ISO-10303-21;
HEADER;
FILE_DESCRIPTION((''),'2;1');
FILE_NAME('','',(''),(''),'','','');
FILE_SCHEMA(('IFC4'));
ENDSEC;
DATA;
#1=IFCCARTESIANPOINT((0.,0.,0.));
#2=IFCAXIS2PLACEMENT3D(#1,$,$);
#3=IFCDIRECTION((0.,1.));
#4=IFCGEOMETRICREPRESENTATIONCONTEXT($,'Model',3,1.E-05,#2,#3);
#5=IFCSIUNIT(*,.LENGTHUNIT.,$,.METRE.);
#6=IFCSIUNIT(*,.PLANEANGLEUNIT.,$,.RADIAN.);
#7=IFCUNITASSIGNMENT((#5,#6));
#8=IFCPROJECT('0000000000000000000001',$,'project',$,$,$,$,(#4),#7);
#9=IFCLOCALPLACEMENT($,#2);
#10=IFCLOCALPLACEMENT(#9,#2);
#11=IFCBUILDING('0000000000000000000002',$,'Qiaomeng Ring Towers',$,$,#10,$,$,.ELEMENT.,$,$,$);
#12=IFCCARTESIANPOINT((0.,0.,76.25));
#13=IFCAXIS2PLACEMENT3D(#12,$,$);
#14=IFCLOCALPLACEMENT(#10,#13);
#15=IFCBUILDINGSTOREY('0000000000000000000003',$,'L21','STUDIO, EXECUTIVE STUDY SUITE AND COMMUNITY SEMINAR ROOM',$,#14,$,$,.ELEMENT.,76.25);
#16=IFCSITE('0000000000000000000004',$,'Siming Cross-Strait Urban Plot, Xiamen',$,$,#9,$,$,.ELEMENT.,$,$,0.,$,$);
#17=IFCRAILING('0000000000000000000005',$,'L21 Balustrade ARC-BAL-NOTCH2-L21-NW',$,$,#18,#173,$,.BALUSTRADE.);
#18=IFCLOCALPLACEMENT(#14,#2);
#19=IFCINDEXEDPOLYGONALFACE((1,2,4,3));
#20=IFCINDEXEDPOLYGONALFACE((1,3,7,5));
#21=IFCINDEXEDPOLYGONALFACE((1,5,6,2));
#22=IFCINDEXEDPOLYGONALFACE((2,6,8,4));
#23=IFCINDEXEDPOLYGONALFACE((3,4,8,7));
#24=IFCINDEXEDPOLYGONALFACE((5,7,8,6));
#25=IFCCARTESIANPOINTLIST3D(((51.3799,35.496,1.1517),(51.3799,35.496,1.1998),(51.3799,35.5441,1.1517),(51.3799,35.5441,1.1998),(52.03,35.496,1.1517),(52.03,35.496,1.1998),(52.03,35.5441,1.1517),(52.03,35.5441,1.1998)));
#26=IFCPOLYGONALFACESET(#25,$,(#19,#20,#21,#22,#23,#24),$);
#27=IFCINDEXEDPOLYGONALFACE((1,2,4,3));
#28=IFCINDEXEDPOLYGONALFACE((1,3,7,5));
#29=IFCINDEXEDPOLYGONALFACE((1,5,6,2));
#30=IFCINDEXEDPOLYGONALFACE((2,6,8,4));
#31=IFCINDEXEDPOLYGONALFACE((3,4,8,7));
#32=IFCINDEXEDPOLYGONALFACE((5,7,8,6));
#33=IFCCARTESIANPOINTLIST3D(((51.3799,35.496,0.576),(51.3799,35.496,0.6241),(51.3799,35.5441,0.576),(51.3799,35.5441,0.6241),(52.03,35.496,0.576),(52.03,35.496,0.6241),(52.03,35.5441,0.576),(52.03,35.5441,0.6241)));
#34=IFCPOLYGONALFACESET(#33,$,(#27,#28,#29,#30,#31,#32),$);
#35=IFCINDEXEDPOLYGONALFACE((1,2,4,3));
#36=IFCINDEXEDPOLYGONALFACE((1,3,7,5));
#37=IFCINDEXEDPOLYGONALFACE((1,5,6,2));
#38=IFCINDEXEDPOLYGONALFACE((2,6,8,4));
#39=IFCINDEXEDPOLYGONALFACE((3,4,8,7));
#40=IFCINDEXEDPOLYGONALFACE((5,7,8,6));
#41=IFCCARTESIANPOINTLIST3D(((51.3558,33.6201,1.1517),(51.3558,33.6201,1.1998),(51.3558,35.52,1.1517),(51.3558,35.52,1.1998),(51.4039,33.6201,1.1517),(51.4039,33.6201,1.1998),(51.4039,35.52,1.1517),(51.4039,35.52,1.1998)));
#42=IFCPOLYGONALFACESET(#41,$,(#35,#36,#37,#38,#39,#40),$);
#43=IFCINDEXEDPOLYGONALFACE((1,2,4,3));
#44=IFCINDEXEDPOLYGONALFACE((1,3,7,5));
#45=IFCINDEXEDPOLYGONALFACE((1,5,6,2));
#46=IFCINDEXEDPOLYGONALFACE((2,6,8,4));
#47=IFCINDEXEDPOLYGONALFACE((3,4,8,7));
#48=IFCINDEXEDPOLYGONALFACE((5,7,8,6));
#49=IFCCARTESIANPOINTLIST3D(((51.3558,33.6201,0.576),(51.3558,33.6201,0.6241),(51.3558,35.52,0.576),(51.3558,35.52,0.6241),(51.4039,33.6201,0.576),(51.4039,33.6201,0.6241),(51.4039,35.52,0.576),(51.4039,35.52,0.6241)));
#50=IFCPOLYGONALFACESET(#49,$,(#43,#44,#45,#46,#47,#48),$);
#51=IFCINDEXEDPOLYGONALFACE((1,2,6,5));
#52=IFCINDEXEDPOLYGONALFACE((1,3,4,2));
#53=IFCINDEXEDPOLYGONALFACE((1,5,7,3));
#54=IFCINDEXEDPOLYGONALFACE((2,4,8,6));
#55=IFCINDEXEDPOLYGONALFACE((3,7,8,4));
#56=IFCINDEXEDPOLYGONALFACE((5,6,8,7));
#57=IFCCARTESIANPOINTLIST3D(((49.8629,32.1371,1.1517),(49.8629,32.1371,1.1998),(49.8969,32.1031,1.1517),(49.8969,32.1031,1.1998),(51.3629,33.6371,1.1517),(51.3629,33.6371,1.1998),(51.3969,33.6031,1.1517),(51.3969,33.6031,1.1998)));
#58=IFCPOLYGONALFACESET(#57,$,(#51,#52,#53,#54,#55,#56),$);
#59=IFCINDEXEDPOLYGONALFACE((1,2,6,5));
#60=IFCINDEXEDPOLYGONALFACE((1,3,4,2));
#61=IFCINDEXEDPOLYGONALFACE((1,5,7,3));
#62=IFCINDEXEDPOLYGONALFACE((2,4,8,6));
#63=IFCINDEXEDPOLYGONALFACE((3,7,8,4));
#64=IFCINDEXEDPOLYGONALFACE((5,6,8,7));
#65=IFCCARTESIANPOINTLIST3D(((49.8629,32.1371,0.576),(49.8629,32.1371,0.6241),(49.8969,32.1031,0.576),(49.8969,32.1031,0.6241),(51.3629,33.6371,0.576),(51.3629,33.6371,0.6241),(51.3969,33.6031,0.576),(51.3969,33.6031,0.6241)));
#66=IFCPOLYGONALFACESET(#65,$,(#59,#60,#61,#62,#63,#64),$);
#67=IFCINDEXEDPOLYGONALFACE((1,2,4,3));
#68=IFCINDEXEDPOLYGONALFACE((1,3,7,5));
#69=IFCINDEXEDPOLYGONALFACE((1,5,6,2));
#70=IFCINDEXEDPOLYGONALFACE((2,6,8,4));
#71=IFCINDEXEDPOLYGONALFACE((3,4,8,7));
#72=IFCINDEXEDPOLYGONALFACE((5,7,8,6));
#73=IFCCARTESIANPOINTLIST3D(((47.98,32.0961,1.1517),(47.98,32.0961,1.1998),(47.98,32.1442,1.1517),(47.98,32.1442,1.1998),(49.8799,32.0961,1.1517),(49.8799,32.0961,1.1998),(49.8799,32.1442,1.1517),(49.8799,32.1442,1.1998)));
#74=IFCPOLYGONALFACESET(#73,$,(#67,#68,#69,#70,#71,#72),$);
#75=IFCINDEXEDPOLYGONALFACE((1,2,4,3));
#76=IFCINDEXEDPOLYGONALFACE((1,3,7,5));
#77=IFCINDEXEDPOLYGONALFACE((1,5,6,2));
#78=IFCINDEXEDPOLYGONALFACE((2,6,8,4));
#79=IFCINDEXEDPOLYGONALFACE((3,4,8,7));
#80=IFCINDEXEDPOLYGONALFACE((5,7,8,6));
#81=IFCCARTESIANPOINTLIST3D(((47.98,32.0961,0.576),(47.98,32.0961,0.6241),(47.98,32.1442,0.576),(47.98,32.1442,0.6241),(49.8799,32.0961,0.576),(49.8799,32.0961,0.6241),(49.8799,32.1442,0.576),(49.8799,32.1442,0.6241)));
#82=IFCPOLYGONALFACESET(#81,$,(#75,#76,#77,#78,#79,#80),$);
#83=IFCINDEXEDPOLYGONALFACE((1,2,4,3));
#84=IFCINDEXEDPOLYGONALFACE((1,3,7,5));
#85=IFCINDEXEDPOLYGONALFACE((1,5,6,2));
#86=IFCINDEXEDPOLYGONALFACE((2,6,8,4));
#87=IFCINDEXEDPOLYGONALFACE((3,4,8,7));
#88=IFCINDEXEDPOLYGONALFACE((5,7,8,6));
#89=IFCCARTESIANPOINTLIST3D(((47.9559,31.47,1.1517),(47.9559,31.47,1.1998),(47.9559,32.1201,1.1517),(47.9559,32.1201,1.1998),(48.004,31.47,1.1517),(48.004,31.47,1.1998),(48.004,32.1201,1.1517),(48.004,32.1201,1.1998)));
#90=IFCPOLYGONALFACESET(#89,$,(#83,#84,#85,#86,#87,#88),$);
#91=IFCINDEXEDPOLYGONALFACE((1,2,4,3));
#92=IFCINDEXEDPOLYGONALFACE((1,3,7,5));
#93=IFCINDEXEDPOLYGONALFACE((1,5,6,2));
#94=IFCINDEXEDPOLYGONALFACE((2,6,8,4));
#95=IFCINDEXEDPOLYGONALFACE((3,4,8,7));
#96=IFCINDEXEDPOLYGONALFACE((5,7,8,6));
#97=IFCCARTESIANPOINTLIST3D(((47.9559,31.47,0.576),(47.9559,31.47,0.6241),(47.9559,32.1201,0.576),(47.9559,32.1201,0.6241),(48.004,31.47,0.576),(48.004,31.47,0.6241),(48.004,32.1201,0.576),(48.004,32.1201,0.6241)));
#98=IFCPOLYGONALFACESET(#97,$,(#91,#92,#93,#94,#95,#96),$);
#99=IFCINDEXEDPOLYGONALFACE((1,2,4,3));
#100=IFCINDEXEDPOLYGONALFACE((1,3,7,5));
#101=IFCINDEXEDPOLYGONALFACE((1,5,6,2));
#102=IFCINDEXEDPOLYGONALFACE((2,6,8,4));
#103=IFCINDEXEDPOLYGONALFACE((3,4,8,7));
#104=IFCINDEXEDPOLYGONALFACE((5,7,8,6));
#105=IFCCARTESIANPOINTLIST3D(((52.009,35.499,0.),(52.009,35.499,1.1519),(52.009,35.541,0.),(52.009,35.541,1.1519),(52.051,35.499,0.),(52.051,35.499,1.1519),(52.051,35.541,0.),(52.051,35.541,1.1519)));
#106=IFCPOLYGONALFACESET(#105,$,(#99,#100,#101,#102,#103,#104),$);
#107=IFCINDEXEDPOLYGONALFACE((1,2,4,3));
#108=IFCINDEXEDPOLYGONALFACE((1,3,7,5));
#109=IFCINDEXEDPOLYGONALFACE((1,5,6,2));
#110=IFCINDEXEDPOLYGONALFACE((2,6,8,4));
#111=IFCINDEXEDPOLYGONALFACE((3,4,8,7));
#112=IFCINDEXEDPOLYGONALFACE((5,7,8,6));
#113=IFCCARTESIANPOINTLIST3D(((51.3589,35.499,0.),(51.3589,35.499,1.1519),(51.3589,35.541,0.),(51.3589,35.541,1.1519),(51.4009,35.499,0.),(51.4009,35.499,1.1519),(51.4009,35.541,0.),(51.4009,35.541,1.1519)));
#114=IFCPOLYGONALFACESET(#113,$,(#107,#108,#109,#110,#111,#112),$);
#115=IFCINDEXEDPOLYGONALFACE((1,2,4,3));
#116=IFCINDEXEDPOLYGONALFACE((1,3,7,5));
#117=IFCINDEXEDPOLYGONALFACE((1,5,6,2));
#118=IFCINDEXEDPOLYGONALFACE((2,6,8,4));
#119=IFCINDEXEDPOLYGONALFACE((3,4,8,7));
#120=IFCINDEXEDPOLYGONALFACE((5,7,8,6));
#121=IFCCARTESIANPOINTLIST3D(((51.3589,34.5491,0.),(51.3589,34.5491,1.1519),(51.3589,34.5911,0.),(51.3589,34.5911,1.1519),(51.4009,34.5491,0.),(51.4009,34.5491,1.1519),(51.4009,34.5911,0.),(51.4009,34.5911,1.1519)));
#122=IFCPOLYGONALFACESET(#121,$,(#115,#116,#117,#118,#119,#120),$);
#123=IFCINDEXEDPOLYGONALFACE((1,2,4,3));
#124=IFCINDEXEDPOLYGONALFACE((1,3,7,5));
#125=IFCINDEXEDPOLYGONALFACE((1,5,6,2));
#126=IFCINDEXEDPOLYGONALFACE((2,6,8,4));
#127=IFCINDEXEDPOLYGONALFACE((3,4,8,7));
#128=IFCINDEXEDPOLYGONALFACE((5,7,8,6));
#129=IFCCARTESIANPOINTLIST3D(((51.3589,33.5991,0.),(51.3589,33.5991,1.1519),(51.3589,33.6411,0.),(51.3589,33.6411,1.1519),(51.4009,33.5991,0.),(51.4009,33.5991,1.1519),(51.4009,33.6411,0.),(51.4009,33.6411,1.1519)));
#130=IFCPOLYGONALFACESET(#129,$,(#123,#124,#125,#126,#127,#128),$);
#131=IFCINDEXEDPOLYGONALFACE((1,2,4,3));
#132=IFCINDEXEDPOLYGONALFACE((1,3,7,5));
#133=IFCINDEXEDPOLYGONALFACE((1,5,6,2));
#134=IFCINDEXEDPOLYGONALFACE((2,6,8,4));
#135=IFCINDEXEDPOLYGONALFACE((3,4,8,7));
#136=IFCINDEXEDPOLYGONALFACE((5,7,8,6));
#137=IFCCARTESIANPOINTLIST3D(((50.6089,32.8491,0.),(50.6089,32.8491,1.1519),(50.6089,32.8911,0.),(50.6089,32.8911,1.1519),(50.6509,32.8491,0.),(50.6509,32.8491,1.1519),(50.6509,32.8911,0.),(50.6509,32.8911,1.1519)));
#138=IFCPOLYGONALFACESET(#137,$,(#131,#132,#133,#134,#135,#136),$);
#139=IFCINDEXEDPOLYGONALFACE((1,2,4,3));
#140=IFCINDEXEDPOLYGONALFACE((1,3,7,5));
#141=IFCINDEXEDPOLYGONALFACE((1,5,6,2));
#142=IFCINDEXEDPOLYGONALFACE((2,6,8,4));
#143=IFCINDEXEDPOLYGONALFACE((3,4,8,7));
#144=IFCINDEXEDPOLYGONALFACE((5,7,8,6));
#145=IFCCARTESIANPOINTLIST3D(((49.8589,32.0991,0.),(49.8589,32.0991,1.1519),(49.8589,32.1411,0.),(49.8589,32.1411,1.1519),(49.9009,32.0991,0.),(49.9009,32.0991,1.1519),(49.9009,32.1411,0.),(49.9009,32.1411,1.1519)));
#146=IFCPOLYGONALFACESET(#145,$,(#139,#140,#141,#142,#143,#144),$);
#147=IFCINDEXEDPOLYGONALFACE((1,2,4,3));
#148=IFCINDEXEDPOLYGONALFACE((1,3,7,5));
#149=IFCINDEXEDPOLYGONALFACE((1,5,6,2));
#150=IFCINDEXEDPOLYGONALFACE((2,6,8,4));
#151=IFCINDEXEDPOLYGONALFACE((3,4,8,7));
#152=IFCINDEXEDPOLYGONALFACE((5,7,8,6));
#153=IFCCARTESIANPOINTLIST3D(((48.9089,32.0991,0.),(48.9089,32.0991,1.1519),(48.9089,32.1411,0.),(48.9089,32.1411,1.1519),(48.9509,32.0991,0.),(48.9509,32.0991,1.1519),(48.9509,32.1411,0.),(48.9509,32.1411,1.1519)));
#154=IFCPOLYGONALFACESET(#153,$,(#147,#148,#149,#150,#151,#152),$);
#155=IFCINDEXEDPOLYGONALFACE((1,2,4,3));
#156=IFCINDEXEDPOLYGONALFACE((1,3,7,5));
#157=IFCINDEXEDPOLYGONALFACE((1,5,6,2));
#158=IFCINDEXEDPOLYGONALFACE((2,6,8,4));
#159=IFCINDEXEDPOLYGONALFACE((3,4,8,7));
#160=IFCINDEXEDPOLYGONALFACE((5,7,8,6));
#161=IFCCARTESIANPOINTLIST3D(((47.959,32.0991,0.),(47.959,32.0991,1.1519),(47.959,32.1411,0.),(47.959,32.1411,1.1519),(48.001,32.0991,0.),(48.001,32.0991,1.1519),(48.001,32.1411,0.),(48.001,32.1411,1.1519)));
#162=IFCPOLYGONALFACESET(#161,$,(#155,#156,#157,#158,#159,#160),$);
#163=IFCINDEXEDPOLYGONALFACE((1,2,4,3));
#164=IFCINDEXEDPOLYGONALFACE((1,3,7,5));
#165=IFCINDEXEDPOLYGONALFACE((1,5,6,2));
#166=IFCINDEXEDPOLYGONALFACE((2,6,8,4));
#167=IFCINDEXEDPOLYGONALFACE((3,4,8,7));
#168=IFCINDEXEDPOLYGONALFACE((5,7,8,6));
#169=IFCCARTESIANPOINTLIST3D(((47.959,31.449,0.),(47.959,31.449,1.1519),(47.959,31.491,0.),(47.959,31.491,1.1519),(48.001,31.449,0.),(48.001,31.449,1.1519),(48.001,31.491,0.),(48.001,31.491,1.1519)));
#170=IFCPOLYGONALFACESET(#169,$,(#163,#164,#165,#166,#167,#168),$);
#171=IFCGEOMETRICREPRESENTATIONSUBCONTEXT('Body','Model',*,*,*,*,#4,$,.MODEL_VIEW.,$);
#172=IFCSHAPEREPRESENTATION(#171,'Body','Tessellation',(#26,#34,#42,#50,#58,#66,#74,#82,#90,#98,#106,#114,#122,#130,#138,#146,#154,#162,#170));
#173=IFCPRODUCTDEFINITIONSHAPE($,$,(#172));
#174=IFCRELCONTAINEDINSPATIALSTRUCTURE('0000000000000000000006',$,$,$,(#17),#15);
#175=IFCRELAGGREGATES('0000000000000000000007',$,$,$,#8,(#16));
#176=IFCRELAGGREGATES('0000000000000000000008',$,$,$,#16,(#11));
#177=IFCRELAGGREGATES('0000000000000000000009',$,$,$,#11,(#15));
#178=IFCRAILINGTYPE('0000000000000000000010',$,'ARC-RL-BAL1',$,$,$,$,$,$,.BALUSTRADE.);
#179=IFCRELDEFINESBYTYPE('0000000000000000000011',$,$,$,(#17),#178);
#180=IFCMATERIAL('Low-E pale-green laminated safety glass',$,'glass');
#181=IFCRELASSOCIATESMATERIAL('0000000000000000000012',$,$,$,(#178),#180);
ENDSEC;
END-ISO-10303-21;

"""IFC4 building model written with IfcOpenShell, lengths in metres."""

from ifc_helpers import new_model, si_unit, direction, frame, origin, origin_2d, place, context, subcontext, project, spatial, rectangle, extrude, material, type_object, element, save


model = new_model("IFC4")

# Units and contexts
model_context = context("Model", 3, precision=1e-05, world=origin(), true_north=direction((0.0, 1.0)))
body_context = subcontext(model_context, "Body", "Model", "MODEL_VIEW")
ifc_project = project(units=[si_unit("LENGTHUNIT", "METRE"), si_unit("PLANEANGLEUNIT", "RADIAN")], contexts=[model_context])

# Site, building, storey
site_placement = place(None, origin())
site = spatial("IfcSite", under=ifc_project, at=site_placement, Name="Siming Cross-Strait Urban Plot, Xiamen", CompositionType="ELEMENT", RefElevation=0.0)
building_placement = place(site_placement, origin())
building = spatial("IfcBuilding", under=site, at=building_placement, Name="Qiaomeng Ring Towers", CompositionType="ELEMENT")
storey_placement = place(building_placement, frame((0.0, 0.0, 76.25)))
storey = spatial("IfcBuildingStorey", under=building, at=storey_placement, Name="L21", Description="STUDIO, EXECUTIVE STUDY SUITE AND COMMUNITY SEMINAR ROOM", CompositionType="ELEMENT", Elevation=76.25)

# Railing
ifc_material_1 = material(Name="Low-E pale-green laminated safety glass", Category="glass")
railing_type = type_object("IfcRailingType", Name="ARC-RL-BAL1", PredefinedType="BALUSTRADE", material=ifc_material_1)
railing_1_placement = place(storey_placement, frame((52.03, 35.52, 0.0)))
element("IfcRailing", 1, at=railing_1_placement, inside=storey, type_object=railing_type, Name="L21 Balustrade ARC-BAL-NOTCH2-L21-NW", PredefinedType="BALUSTRADE", context=body_context, shape_type="SweptSolid", body=[
    extrude(rectangle(XDim=0.0481, YDim=0.0481, at=origin_2d()), frame((0.0, 0.0, 1.1758), z_axis=(-1.0, 0.0, 0.0), x_axis=(0.0, -1.0, 0.0)), (0.0, 0.0, 1.0), 0.6501),
    extrude(rectangle(XDim=0.0481, YDim=0.0481, at=origin_2d()), frame((0.0, 0.0, 0.6001), z_axis=(-1.0, 0.0, 0.0), x_axis=(0.0, -1.0, 0.0)), (0.0, 0.0, 1.0), 0.6501),
    extrude(rectangle(XDim=0.0481, YDim=0.0481, at=origin_2d()), frame((-0.6501, 0.0, 1.1758), z_axis=(0.0, -1.0, 0.0), x_axis=(1.0, 0.0, 0.0)), (0.0, 0.0, 1.0), 1.8999),
    extrude(rectangle(XDim=0.0481, YDim=0.0481, at=origin_2d()), frame((-0.6501, 0.0, 0.6001), z_axis=(0.0, -1.0, 0.0), x_axis=(1.0, 0.0, 0.0)), (0.0, 0.0, 1.0), 1.8999),
    extrude(rectangle(XDim=0.0481, YDim=0.0481, at=origin_2d()), frame((-0.6501, -1.8999, 1.1758), z_axis=(-0.707107, -0.707107, 0.0), x_axis=(0.707107, -0.707107, 0.0)), (0.0, 0.0, 1.0), 2.1213),
    extrude(rectangle(XDim=0.0481, YDim=0.0481, at=origin_2d()), frame((-0.6501, -1.8999, 0.6001), z_axis=(-0.707107, -0.707107, 0.0), x_axis=(0.707107, -0.707107, 0.0)), (0.0, 0.0, 1.0), 2.1213),
    extrude(rectangle(XDim=0.0481, YDim=0.0481, at=origin_2d()), frame((-2.1501, -3.3999, 1.1758), z_axis=(-1.0, 0.0, 0.0), x_axis=(0.0, -1.0, 0.0)), (0.0, 0.0, 1.0), 1.8999),
    extrude(rectangle(XDim=0.0481, YDim=0.0481, at=origin_2d()), frame((-2.1501, -3.3999, 0.6001), z_axis=(-1.0, 0.0, 0.0), x_axis=(0.0, -1.0, 0.0)), (0.0, 0.0, 1.0), 1.8999),
    extrude(rectangle(XDim=0.0481, YDim=0.0481, at=origin_2d()), frame((-4.05, -3.3999, 1.1758), z_axis=(0.0, -1.0, 0.0), x_axis=(1.0, 0.0, 0.0)), (0.0, 0.0, 1.0), 0.6501),
    extrude(rectangle(XDim=0.0481, YDim=0.0481, at=origin_2d()), frame((-4.05, -3.3999, 0.6001), z_axis=(0.0, -1.0, 0.0), x_axis=(1.0, 0.0, 0.0)), (0.0, 0.0, 1.0), 0.6501),
    extrude(rectangle(XDim=0.042, YDim=0.042, at=origin_2d()), origin(), (0.0, 0.0, 1.0), 1.1519),
    extrude(rectangle(XDim=0.042, YDim=0.042, at=origin_2d()), frame((-0.6501, 0.0, 0.0)), (0.0, 0.0, 1.0), 1.1519),
    extrude(rectangle(XDim=0.042, YDim=0.042, at=origin_2d()), frame((-0.6501, -0.95, 0.0)), (0.0, 0.0, 1.0), 1.1519),
    extrude(rectangle(XDim=0.042, YDim=0.042, at=origin_2d()), frame((-0.6501, -1.8999, 0.0)), (0.0, 0.0, 1.0), 1.1519),
    extrude(rectangle(XDim=0.042, YDim=0.042, at=origin_2d()), frame((-1.4001, -2.6499, 0.0)), (0.0, 0.0, 1.0), 1.1519),
    extrude(rectangle(XDim=0.042, YDim=0.042, at=origin_2d()), frame((-2.1501, -3.3999, 0.0)), (0.0, 0.0, 1.0), 1.1519),
    extrude(rectangle(XDim=0.042, YDim=0.042, at=origin_2d()), frame((-3.1001, -3.3999, 0.0)), (0.0, 0.0, 1.0), 1.1519),
    extrude(rectangle(XDim=0.042, YDim=0.042, at=origin_2d()), frame((-4.05, -3.3999, 0.0)), (0.0, 0.0, 1.0), 1.1519),
    extrude(rectangle(XDim=0.042, YDim=0.042, at=origin_2d()), frame((-4.05, -4.05, 0.0)), (0.0, 0.0, 1.0), 1.1519),
])

save(model, "model.ifc")
